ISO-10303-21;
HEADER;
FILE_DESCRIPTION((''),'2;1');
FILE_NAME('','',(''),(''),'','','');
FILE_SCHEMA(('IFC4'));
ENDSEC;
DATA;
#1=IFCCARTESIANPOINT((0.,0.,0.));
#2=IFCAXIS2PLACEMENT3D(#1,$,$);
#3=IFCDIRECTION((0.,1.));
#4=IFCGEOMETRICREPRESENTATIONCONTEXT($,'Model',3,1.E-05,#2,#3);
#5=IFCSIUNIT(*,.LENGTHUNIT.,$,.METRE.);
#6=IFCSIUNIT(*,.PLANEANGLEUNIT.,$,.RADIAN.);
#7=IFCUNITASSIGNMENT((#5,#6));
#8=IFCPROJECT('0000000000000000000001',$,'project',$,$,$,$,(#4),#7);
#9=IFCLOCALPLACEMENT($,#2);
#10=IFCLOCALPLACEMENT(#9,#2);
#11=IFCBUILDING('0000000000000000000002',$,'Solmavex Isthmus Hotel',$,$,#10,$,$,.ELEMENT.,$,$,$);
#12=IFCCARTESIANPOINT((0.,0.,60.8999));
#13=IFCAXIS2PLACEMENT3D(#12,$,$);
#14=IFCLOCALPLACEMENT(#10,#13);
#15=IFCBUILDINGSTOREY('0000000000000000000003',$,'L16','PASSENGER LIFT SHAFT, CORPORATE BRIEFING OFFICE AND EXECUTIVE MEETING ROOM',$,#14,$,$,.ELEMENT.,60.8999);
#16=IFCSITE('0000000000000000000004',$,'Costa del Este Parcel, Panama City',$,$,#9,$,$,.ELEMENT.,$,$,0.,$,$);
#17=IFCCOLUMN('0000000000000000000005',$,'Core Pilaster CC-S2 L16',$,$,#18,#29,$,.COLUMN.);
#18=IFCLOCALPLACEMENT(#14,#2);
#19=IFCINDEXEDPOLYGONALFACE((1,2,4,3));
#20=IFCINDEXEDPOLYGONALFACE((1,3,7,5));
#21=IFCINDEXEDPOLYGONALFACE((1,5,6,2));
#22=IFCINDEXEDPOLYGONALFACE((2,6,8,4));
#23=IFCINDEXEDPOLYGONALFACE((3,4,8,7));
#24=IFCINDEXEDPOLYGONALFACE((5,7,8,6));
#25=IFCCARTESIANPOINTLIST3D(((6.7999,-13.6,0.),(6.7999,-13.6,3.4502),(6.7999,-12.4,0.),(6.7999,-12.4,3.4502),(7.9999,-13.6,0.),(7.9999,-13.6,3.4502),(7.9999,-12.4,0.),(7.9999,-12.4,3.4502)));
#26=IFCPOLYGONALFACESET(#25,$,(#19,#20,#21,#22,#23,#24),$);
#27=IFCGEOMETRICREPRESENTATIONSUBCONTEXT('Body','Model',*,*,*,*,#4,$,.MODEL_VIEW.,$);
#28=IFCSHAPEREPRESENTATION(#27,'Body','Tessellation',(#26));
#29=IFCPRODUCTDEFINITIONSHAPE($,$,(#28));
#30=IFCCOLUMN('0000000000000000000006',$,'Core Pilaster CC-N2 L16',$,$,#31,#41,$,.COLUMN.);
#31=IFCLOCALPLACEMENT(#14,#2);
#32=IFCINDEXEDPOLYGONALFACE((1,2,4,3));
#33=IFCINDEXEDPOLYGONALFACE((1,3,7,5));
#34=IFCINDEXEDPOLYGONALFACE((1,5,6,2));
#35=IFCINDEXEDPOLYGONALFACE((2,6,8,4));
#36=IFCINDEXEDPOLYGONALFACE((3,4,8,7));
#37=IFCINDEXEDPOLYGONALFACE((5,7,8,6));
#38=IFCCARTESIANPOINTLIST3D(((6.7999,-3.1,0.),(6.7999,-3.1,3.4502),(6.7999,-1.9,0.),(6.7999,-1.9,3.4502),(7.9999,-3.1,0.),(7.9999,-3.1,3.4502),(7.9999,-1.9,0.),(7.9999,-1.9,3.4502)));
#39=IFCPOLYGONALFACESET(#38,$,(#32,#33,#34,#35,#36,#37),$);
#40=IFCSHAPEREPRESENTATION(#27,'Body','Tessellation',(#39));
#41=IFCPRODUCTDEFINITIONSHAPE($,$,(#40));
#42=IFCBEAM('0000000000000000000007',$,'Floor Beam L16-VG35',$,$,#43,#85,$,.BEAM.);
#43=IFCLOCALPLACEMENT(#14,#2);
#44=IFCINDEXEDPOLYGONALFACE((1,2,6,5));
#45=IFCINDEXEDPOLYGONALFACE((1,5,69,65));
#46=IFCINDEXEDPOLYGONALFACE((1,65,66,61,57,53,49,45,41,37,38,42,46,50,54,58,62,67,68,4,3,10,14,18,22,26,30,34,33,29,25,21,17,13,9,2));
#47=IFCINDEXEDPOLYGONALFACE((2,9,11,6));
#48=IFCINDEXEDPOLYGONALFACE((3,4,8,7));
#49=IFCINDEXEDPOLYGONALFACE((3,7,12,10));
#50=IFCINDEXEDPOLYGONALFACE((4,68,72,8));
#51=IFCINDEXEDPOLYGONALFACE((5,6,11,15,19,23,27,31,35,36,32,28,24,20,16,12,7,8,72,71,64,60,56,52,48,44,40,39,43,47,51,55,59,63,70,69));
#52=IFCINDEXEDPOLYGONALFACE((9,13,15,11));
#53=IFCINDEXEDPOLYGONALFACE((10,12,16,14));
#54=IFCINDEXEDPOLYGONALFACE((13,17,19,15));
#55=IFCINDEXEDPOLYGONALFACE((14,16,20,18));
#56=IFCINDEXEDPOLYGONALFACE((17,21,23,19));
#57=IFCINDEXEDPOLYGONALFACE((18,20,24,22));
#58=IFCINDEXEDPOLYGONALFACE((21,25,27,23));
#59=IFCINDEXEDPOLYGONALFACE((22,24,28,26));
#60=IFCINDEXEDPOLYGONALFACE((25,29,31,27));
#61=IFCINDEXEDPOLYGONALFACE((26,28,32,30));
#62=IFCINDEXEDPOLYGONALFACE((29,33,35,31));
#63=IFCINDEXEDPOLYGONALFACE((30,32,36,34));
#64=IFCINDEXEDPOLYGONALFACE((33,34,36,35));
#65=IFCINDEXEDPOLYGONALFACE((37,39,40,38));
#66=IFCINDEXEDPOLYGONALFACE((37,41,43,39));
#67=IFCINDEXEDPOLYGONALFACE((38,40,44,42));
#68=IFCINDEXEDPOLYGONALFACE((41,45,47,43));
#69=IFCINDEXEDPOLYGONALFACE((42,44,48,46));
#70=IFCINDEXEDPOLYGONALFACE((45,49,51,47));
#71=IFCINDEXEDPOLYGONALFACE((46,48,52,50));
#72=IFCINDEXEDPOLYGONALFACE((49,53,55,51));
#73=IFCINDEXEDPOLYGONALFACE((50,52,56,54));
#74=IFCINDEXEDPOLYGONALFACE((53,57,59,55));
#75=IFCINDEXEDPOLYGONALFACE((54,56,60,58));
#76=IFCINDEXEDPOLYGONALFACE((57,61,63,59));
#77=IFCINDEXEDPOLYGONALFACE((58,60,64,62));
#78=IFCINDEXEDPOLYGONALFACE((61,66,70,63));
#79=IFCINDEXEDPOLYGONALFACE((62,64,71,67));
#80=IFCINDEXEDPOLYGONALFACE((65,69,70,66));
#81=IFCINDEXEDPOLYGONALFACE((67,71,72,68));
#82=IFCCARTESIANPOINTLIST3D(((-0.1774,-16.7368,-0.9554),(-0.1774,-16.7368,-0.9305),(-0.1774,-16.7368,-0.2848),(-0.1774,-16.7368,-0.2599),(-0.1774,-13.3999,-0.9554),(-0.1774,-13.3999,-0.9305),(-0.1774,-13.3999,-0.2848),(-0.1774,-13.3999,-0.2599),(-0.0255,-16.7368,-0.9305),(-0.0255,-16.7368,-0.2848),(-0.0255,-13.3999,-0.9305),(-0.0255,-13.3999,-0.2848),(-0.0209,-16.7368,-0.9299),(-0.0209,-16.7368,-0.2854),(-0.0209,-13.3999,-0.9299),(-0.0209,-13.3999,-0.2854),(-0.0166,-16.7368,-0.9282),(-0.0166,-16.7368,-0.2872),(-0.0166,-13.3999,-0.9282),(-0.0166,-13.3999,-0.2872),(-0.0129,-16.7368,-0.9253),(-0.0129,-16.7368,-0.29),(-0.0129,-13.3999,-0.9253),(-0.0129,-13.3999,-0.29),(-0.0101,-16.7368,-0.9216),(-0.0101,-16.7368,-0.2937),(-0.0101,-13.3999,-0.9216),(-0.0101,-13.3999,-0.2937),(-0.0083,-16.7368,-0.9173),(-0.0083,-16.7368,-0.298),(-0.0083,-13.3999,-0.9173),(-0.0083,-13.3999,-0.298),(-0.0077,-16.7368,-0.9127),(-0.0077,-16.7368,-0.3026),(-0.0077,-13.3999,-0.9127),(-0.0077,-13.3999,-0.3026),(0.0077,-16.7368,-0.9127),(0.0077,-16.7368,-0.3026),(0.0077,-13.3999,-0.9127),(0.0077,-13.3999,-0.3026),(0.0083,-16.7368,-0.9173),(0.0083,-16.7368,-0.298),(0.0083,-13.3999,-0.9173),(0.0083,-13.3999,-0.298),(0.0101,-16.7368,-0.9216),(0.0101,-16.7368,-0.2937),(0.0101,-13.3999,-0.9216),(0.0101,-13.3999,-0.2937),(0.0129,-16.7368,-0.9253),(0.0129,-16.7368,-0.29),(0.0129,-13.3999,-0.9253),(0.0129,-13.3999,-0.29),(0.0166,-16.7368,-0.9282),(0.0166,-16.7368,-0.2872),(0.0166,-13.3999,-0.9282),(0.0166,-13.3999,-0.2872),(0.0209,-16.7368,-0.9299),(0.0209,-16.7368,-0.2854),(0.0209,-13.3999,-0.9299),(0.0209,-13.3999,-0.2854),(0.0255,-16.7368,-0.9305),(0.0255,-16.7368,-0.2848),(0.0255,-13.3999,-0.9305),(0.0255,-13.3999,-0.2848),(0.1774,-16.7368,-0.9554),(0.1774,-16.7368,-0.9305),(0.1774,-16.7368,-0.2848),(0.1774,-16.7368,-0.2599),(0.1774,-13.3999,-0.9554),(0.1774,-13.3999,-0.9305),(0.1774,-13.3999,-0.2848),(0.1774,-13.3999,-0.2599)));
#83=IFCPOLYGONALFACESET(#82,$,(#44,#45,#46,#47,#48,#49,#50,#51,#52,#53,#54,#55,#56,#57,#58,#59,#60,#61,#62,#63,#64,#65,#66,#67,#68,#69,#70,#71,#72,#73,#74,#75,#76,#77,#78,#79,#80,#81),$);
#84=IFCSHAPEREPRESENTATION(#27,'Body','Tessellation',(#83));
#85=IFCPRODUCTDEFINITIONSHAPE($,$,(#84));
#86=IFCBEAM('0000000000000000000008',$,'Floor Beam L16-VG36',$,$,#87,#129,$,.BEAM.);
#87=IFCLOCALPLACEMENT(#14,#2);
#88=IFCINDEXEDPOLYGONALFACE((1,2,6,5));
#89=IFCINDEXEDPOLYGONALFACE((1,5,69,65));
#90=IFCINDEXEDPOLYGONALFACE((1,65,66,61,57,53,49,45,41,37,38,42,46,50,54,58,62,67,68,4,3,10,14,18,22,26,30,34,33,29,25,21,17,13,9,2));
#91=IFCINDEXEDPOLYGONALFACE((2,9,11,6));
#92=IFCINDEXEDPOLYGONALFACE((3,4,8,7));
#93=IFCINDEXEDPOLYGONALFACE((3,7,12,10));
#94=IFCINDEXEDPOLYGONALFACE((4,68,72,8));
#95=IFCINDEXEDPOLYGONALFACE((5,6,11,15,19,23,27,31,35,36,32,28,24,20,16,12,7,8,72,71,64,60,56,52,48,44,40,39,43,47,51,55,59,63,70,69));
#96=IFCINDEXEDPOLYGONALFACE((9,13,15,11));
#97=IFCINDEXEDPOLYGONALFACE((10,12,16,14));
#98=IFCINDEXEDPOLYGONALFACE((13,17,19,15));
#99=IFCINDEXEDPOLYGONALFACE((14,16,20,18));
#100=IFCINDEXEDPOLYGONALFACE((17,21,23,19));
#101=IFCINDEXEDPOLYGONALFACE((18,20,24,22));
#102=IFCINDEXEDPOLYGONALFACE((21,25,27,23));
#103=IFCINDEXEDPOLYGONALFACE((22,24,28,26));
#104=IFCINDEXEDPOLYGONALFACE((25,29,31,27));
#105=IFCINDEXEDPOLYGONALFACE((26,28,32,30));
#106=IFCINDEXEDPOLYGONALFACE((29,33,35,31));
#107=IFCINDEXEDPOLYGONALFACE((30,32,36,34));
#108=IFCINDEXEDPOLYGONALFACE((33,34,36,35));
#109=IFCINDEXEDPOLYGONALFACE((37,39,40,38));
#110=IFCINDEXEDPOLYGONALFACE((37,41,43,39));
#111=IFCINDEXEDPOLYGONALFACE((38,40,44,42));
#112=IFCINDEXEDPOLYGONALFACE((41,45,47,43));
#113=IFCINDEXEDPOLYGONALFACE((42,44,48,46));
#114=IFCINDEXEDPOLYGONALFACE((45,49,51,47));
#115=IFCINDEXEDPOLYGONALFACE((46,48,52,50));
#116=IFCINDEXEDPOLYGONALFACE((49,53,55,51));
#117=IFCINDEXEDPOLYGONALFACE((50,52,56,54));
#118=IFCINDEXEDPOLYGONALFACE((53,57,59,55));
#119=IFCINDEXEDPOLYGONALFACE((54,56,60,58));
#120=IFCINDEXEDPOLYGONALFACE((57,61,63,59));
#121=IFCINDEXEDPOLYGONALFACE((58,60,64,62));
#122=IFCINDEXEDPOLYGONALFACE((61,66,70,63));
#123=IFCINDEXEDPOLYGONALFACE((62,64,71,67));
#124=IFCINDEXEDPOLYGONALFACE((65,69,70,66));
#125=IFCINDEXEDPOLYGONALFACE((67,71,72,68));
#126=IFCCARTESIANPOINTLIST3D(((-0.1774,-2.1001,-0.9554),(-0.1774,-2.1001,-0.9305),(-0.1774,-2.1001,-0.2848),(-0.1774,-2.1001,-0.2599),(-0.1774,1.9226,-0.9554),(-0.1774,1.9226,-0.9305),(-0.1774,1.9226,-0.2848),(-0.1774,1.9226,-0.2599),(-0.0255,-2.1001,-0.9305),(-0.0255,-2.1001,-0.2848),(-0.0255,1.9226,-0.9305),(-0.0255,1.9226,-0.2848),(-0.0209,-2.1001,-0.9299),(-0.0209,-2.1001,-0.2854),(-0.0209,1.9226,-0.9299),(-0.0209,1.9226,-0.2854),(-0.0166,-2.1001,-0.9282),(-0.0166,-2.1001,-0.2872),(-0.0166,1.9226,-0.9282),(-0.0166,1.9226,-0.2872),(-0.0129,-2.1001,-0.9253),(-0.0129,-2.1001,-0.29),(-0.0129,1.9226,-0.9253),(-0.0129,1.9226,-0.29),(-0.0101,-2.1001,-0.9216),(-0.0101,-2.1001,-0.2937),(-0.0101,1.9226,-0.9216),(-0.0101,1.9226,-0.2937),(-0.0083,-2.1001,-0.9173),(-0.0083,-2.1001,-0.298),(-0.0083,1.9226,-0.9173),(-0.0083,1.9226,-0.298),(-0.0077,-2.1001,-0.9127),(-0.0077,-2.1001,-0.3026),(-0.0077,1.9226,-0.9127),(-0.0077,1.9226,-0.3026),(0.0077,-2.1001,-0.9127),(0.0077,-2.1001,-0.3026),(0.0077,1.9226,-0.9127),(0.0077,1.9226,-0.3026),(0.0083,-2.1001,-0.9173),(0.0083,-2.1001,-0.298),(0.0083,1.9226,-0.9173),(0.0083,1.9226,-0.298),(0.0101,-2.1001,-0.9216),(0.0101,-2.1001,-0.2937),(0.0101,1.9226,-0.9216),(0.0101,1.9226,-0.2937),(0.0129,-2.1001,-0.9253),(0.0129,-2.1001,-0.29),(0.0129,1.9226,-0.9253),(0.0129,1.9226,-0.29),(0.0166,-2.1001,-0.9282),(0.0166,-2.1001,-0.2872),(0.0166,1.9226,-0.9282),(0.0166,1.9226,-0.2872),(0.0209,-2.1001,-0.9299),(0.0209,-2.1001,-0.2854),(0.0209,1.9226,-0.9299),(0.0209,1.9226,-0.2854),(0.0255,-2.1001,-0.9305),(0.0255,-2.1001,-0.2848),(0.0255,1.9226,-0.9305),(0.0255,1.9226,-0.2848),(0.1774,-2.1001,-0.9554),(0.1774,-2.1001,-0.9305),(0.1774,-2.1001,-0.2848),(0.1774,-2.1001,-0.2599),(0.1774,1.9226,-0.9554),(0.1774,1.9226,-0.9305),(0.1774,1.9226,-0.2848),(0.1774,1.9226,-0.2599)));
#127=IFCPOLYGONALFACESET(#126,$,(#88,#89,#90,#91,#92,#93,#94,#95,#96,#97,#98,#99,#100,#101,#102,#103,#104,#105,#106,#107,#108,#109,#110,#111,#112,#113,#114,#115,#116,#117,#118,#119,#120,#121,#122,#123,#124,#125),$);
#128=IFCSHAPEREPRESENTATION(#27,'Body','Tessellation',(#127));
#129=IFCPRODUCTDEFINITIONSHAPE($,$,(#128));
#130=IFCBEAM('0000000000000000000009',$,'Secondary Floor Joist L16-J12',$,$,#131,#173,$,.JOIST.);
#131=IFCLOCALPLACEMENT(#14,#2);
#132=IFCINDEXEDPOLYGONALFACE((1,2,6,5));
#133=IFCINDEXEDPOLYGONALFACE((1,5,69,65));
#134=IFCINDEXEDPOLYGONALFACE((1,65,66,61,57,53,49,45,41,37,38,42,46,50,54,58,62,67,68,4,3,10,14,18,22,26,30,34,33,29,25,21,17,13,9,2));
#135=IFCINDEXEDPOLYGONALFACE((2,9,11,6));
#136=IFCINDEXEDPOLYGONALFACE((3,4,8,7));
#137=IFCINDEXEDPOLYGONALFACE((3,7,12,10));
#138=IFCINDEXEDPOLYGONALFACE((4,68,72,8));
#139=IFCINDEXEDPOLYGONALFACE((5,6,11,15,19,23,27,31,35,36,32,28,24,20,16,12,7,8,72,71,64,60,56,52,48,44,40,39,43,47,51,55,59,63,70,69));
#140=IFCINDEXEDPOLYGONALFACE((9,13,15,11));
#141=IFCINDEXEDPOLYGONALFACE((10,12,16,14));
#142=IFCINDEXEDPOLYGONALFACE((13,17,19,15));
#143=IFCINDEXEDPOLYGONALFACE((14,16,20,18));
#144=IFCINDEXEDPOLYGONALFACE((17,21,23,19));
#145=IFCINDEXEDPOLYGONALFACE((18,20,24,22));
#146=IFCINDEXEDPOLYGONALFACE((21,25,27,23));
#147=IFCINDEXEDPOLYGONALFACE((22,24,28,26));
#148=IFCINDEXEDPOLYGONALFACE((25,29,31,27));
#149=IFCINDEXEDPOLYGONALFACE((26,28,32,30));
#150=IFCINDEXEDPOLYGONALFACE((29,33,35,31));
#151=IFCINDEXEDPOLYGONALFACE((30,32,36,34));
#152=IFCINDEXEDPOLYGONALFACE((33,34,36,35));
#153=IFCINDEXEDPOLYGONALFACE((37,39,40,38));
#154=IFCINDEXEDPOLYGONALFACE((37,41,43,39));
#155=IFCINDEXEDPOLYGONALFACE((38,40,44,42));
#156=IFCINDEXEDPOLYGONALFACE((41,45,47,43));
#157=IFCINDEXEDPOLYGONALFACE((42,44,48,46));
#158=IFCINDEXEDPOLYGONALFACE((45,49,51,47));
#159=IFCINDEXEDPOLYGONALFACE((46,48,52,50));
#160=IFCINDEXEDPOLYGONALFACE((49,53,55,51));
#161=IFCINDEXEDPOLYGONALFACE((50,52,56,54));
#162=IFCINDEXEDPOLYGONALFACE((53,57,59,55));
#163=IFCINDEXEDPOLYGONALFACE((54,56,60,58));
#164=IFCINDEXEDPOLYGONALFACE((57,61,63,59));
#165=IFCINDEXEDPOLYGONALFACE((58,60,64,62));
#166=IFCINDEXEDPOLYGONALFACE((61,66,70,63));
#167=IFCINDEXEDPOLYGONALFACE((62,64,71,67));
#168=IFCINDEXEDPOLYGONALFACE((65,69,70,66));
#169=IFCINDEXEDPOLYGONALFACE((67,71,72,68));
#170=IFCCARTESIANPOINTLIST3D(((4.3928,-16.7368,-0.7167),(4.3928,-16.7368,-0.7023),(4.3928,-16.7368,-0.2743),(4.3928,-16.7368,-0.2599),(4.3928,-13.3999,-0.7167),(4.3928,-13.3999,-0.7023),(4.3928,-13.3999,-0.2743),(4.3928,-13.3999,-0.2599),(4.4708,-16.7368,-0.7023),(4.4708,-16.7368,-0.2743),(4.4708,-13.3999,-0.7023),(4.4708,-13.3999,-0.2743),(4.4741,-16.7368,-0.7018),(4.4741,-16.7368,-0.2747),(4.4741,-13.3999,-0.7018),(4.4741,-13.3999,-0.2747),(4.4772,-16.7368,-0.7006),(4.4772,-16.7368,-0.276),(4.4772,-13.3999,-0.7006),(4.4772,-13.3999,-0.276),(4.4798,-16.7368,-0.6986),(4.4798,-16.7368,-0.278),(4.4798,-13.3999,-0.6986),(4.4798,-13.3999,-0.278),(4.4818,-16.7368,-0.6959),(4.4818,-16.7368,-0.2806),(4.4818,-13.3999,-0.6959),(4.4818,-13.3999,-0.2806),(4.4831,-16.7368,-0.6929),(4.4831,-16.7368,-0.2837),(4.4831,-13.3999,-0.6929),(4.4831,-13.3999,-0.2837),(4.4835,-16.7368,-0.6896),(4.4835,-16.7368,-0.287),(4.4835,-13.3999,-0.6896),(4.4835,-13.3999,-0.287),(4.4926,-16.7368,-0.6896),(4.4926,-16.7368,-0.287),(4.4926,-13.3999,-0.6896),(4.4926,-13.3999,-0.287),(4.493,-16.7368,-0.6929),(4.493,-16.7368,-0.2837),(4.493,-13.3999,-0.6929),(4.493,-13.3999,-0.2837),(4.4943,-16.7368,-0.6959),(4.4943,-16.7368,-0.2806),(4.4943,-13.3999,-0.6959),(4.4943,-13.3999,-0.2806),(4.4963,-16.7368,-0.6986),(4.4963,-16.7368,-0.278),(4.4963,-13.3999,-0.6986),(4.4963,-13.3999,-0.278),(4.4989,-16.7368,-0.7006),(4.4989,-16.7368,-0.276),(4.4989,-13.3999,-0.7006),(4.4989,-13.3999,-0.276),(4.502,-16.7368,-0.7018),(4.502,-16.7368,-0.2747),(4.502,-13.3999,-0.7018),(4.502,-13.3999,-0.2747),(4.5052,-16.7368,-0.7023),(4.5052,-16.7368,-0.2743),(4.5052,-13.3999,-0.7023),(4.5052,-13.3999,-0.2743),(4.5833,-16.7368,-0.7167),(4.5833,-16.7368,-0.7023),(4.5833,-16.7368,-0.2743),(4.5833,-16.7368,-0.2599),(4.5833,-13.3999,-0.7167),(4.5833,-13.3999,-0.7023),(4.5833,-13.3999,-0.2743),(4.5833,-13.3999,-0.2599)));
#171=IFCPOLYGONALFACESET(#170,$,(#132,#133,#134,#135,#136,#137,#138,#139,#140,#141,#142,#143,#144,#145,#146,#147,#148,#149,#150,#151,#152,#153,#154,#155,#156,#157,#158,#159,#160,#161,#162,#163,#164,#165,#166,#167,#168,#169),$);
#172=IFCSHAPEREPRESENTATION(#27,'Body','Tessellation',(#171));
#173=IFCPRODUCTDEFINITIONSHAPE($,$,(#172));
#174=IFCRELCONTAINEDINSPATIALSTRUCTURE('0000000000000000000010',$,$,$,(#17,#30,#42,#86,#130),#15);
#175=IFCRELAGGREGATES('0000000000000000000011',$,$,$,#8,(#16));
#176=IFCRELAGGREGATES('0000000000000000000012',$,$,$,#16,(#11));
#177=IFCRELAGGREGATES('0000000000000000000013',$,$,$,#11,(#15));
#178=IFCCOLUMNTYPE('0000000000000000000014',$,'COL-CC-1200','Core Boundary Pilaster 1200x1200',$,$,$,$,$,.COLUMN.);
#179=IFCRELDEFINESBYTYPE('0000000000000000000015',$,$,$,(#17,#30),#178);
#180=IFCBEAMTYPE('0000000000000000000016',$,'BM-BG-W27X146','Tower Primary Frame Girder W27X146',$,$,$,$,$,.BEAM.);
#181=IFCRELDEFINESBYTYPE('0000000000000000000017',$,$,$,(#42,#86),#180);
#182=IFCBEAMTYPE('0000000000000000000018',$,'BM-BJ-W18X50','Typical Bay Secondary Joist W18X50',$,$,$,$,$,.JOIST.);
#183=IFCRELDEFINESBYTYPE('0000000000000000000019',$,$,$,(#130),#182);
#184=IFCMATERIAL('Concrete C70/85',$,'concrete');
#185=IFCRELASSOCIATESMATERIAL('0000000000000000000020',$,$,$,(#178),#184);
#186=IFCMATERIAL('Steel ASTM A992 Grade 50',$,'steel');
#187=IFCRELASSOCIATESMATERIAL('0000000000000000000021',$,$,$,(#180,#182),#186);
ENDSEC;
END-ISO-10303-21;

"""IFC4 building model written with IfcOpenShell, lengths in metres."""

from ifc_helpers import new_model, si_unit, direction, frame, origin, origin_2d, place, context, subcontext, project, spatial, rectangle, i_section, extrude, material, material_profile, profile_set, type_object, element, save


model = new_model("IFC4")

# Units and contexts
model_context = context("Model", 3, precision=1e-05, world=origin(), true_north=direction((0.0, 1.0)))
body_context = subcontext(model_context, "Body", "Model", "MODEL_VIEW")
ifc_project = project(units=[si_unit("LENGTHUNIT", "METRE"), si_unit("PLANEANGLEUNIT", "RADIAN")], contexts=[model_context])

# Site, building, storey
site_placement = place(None, origin())
site = spatial("IfcSite", under=ifc_project, at=site_placement, Name="Costa del Este Parcel, Panama City", CompositionType="ELEMENT", RefElevation=0.0)
building_placement = place(site_placement, origin())
building = spatial("IfcBuilding", under=site, at=building_placement, Name="Solmavex Isthmus Hotel", CompositionType="ELEMENT")
storey_placement = place(building_placement, frame((0.0, 0.0, 60.8999)))
storey = spatial("IfcBuildingStorey", under=building, at=storey_placement, Name="L16", Description="PASSENGER LIFT SHAFT, CORPORATE BRIEFING OFFICE AND EXECUTIVE MEETING ROOM", CompositionType="ELEMENT", Elevation=60.8999)

# Columns
ifc_material_1 = material(Name="Concrete C70/85", Category="concrete")
ifc_material_profile_1 = material_profile(ifc_material_1, rectangle(XDim=1.2, YDim=1.2, at=origin_2d()), Name="RC1200X1200")
ifc_profile_set_1 = profile_set([ifc_material_profile_1], Name="Concrete C70/85")
column_type = type_object("IfcColumnType", Name="COL-CC-1200", Description="Core Boundary Pilaster 1200x1200", PredefinedType="COLUMN", material=ifc_profile_set_1)
for number, where, z_axis, x_axis, name in (
    (1, (7.3999, -13.0, 0.0), (0.0, 0.0, 1.0), (1.0, 0.0, 0.0), "Core Pilaster CC-S2 L16"),
    (2, (7.3999, -2.5, 0.0), (0.0, 0.0, 1.0), (1.0, 0.0, 0.0), "Core Pilaster CC-N2 L16"),
):
    element("IfcColumn", number, at=place(storey_placement, frame(where, z_axis=z_axis, x_axis=x_axis)), inside=storey, type_object=column_type, Name=name, PredefinedType="COLUMN", context=body_context, shape_type="SweptSolid", body=[
        extrude(rectangle(XDim=1.2, YDim=1.2, at=origin_2d()), origin(), (0.0, 0.0, 1.0), 3.4502),
    ])

# Beams
ifc_material_2 = material(Name="Steel ASTM A992 Grade 50", Category="steel")
ifc_material_profile_2 = material_profile(ifc_material_2, i_section(OverallWidth=0.3547, OverallDepth=0.6956, WebThickness=0.0154, FlangeThickness=0.0249, FilletRadius=0.0178, at=origin_2d()), Name="W27X146")
ifc_profile_set_2 = profile_set([ifc_material_profile_2], Name="Steel ASTM A992 Grade 50")
beam_type_1 = type_object("IfcBeamType", Name="BM-BG-W27X146", Description="Tower Primary Frame Girder W27X146", PredefinedType="BEAM", material=ifc_profile_set_2)
beam_1_placement = place(storey_placement, frame((0.0, -16.7368, -0.6077), z_axis=(0.0, 1.0, 0.0), x_axis=(-1.0, 0.0, 0.0)))
element("IfcBeam", 3, at=beam_1_placement, inside=storey, type_object=beam_type_1, Name="Floor Beam L16-VG35", PredefinedType="BEAM", context=body_context, shape_type="SweptSolid", body=[
    extrude(i_section(OverallWidth=0.3547, OverallDepth=0.6956, WebThickness=0.0154, FlangeThickness=0.0249, FilletRadius=0.0178, at=origin_2d()), origin(), (0.0, 0.0, 1.0), 3.3369),
])
beam_2_placement = place(storey_placement, frame((0.0, -2.1001, -0.6077), z_axis=(0.0, 1.0, 0.0), x_axis=(-1.0, 0.0, 0.0)))
element("IfcBeam", 4, at=beam_2_placement, inside=storey, type_object=beam_type_1, Name="Floor Beam L16-VG36", PredefinedType="BEAM", context=body_context, shape_type="SweptSolid", body=[
    extrude(i_section(OverallWidth=0.3547, OverallDepth=0.6956, WebThickness=0.0154, FlangeThickness=0.0249, FilletRadius=0.0178, at=origin_2d()), origin(), (0.0, 0.0, 1.0), 4.0227),
])
ifc_material_profile_3 = material_profile(ifc_material_2, i_section(OverallWidth=0.1904, OverallDepth=0.4568, WebThickness=0.009, FlangeThickness=0.0144, FilletRadius=0.0127, at=origin_2d()), Name="W18X50")
ifc_profile_set_3 = profile_set([ifc_material_profile_3], Name="Steel ASTM A992 Grade 50")
beam_type_2 = type_object("IfcBeamType", Name="BM-BJ-W18X50", Description="Typical Bay Secondary Joist W18X50", PredefinedType="JOIST", material=ifc_profile_set_3)
beam_3_placement = place(storey_placement, frame((4.488, -16.7368, -0.4883), z_axis=(0.0, 1.0, 0.0), x_axis=(-1.0, 0.0, 0.0)))
element("IfcBeam", 5, at=beam_3_placement, inside=storey, type_object=beam_type_2, Name="Secondary Floor Joist L16-J12", PredefinedType="JOIST", context=body_context, shape_type="SweptSolid", body=[
    extrude(i_section(OverallWidth=0.1904, OverallDepth=0.4568, WebThickness=0.009, FlangeThickness=0.0144, FilletRadius=0.0127, at=origin_2d()), origin(), (0.0, 0.0, 1.0), 3.3369),
])

save(model, "model.ifc")
